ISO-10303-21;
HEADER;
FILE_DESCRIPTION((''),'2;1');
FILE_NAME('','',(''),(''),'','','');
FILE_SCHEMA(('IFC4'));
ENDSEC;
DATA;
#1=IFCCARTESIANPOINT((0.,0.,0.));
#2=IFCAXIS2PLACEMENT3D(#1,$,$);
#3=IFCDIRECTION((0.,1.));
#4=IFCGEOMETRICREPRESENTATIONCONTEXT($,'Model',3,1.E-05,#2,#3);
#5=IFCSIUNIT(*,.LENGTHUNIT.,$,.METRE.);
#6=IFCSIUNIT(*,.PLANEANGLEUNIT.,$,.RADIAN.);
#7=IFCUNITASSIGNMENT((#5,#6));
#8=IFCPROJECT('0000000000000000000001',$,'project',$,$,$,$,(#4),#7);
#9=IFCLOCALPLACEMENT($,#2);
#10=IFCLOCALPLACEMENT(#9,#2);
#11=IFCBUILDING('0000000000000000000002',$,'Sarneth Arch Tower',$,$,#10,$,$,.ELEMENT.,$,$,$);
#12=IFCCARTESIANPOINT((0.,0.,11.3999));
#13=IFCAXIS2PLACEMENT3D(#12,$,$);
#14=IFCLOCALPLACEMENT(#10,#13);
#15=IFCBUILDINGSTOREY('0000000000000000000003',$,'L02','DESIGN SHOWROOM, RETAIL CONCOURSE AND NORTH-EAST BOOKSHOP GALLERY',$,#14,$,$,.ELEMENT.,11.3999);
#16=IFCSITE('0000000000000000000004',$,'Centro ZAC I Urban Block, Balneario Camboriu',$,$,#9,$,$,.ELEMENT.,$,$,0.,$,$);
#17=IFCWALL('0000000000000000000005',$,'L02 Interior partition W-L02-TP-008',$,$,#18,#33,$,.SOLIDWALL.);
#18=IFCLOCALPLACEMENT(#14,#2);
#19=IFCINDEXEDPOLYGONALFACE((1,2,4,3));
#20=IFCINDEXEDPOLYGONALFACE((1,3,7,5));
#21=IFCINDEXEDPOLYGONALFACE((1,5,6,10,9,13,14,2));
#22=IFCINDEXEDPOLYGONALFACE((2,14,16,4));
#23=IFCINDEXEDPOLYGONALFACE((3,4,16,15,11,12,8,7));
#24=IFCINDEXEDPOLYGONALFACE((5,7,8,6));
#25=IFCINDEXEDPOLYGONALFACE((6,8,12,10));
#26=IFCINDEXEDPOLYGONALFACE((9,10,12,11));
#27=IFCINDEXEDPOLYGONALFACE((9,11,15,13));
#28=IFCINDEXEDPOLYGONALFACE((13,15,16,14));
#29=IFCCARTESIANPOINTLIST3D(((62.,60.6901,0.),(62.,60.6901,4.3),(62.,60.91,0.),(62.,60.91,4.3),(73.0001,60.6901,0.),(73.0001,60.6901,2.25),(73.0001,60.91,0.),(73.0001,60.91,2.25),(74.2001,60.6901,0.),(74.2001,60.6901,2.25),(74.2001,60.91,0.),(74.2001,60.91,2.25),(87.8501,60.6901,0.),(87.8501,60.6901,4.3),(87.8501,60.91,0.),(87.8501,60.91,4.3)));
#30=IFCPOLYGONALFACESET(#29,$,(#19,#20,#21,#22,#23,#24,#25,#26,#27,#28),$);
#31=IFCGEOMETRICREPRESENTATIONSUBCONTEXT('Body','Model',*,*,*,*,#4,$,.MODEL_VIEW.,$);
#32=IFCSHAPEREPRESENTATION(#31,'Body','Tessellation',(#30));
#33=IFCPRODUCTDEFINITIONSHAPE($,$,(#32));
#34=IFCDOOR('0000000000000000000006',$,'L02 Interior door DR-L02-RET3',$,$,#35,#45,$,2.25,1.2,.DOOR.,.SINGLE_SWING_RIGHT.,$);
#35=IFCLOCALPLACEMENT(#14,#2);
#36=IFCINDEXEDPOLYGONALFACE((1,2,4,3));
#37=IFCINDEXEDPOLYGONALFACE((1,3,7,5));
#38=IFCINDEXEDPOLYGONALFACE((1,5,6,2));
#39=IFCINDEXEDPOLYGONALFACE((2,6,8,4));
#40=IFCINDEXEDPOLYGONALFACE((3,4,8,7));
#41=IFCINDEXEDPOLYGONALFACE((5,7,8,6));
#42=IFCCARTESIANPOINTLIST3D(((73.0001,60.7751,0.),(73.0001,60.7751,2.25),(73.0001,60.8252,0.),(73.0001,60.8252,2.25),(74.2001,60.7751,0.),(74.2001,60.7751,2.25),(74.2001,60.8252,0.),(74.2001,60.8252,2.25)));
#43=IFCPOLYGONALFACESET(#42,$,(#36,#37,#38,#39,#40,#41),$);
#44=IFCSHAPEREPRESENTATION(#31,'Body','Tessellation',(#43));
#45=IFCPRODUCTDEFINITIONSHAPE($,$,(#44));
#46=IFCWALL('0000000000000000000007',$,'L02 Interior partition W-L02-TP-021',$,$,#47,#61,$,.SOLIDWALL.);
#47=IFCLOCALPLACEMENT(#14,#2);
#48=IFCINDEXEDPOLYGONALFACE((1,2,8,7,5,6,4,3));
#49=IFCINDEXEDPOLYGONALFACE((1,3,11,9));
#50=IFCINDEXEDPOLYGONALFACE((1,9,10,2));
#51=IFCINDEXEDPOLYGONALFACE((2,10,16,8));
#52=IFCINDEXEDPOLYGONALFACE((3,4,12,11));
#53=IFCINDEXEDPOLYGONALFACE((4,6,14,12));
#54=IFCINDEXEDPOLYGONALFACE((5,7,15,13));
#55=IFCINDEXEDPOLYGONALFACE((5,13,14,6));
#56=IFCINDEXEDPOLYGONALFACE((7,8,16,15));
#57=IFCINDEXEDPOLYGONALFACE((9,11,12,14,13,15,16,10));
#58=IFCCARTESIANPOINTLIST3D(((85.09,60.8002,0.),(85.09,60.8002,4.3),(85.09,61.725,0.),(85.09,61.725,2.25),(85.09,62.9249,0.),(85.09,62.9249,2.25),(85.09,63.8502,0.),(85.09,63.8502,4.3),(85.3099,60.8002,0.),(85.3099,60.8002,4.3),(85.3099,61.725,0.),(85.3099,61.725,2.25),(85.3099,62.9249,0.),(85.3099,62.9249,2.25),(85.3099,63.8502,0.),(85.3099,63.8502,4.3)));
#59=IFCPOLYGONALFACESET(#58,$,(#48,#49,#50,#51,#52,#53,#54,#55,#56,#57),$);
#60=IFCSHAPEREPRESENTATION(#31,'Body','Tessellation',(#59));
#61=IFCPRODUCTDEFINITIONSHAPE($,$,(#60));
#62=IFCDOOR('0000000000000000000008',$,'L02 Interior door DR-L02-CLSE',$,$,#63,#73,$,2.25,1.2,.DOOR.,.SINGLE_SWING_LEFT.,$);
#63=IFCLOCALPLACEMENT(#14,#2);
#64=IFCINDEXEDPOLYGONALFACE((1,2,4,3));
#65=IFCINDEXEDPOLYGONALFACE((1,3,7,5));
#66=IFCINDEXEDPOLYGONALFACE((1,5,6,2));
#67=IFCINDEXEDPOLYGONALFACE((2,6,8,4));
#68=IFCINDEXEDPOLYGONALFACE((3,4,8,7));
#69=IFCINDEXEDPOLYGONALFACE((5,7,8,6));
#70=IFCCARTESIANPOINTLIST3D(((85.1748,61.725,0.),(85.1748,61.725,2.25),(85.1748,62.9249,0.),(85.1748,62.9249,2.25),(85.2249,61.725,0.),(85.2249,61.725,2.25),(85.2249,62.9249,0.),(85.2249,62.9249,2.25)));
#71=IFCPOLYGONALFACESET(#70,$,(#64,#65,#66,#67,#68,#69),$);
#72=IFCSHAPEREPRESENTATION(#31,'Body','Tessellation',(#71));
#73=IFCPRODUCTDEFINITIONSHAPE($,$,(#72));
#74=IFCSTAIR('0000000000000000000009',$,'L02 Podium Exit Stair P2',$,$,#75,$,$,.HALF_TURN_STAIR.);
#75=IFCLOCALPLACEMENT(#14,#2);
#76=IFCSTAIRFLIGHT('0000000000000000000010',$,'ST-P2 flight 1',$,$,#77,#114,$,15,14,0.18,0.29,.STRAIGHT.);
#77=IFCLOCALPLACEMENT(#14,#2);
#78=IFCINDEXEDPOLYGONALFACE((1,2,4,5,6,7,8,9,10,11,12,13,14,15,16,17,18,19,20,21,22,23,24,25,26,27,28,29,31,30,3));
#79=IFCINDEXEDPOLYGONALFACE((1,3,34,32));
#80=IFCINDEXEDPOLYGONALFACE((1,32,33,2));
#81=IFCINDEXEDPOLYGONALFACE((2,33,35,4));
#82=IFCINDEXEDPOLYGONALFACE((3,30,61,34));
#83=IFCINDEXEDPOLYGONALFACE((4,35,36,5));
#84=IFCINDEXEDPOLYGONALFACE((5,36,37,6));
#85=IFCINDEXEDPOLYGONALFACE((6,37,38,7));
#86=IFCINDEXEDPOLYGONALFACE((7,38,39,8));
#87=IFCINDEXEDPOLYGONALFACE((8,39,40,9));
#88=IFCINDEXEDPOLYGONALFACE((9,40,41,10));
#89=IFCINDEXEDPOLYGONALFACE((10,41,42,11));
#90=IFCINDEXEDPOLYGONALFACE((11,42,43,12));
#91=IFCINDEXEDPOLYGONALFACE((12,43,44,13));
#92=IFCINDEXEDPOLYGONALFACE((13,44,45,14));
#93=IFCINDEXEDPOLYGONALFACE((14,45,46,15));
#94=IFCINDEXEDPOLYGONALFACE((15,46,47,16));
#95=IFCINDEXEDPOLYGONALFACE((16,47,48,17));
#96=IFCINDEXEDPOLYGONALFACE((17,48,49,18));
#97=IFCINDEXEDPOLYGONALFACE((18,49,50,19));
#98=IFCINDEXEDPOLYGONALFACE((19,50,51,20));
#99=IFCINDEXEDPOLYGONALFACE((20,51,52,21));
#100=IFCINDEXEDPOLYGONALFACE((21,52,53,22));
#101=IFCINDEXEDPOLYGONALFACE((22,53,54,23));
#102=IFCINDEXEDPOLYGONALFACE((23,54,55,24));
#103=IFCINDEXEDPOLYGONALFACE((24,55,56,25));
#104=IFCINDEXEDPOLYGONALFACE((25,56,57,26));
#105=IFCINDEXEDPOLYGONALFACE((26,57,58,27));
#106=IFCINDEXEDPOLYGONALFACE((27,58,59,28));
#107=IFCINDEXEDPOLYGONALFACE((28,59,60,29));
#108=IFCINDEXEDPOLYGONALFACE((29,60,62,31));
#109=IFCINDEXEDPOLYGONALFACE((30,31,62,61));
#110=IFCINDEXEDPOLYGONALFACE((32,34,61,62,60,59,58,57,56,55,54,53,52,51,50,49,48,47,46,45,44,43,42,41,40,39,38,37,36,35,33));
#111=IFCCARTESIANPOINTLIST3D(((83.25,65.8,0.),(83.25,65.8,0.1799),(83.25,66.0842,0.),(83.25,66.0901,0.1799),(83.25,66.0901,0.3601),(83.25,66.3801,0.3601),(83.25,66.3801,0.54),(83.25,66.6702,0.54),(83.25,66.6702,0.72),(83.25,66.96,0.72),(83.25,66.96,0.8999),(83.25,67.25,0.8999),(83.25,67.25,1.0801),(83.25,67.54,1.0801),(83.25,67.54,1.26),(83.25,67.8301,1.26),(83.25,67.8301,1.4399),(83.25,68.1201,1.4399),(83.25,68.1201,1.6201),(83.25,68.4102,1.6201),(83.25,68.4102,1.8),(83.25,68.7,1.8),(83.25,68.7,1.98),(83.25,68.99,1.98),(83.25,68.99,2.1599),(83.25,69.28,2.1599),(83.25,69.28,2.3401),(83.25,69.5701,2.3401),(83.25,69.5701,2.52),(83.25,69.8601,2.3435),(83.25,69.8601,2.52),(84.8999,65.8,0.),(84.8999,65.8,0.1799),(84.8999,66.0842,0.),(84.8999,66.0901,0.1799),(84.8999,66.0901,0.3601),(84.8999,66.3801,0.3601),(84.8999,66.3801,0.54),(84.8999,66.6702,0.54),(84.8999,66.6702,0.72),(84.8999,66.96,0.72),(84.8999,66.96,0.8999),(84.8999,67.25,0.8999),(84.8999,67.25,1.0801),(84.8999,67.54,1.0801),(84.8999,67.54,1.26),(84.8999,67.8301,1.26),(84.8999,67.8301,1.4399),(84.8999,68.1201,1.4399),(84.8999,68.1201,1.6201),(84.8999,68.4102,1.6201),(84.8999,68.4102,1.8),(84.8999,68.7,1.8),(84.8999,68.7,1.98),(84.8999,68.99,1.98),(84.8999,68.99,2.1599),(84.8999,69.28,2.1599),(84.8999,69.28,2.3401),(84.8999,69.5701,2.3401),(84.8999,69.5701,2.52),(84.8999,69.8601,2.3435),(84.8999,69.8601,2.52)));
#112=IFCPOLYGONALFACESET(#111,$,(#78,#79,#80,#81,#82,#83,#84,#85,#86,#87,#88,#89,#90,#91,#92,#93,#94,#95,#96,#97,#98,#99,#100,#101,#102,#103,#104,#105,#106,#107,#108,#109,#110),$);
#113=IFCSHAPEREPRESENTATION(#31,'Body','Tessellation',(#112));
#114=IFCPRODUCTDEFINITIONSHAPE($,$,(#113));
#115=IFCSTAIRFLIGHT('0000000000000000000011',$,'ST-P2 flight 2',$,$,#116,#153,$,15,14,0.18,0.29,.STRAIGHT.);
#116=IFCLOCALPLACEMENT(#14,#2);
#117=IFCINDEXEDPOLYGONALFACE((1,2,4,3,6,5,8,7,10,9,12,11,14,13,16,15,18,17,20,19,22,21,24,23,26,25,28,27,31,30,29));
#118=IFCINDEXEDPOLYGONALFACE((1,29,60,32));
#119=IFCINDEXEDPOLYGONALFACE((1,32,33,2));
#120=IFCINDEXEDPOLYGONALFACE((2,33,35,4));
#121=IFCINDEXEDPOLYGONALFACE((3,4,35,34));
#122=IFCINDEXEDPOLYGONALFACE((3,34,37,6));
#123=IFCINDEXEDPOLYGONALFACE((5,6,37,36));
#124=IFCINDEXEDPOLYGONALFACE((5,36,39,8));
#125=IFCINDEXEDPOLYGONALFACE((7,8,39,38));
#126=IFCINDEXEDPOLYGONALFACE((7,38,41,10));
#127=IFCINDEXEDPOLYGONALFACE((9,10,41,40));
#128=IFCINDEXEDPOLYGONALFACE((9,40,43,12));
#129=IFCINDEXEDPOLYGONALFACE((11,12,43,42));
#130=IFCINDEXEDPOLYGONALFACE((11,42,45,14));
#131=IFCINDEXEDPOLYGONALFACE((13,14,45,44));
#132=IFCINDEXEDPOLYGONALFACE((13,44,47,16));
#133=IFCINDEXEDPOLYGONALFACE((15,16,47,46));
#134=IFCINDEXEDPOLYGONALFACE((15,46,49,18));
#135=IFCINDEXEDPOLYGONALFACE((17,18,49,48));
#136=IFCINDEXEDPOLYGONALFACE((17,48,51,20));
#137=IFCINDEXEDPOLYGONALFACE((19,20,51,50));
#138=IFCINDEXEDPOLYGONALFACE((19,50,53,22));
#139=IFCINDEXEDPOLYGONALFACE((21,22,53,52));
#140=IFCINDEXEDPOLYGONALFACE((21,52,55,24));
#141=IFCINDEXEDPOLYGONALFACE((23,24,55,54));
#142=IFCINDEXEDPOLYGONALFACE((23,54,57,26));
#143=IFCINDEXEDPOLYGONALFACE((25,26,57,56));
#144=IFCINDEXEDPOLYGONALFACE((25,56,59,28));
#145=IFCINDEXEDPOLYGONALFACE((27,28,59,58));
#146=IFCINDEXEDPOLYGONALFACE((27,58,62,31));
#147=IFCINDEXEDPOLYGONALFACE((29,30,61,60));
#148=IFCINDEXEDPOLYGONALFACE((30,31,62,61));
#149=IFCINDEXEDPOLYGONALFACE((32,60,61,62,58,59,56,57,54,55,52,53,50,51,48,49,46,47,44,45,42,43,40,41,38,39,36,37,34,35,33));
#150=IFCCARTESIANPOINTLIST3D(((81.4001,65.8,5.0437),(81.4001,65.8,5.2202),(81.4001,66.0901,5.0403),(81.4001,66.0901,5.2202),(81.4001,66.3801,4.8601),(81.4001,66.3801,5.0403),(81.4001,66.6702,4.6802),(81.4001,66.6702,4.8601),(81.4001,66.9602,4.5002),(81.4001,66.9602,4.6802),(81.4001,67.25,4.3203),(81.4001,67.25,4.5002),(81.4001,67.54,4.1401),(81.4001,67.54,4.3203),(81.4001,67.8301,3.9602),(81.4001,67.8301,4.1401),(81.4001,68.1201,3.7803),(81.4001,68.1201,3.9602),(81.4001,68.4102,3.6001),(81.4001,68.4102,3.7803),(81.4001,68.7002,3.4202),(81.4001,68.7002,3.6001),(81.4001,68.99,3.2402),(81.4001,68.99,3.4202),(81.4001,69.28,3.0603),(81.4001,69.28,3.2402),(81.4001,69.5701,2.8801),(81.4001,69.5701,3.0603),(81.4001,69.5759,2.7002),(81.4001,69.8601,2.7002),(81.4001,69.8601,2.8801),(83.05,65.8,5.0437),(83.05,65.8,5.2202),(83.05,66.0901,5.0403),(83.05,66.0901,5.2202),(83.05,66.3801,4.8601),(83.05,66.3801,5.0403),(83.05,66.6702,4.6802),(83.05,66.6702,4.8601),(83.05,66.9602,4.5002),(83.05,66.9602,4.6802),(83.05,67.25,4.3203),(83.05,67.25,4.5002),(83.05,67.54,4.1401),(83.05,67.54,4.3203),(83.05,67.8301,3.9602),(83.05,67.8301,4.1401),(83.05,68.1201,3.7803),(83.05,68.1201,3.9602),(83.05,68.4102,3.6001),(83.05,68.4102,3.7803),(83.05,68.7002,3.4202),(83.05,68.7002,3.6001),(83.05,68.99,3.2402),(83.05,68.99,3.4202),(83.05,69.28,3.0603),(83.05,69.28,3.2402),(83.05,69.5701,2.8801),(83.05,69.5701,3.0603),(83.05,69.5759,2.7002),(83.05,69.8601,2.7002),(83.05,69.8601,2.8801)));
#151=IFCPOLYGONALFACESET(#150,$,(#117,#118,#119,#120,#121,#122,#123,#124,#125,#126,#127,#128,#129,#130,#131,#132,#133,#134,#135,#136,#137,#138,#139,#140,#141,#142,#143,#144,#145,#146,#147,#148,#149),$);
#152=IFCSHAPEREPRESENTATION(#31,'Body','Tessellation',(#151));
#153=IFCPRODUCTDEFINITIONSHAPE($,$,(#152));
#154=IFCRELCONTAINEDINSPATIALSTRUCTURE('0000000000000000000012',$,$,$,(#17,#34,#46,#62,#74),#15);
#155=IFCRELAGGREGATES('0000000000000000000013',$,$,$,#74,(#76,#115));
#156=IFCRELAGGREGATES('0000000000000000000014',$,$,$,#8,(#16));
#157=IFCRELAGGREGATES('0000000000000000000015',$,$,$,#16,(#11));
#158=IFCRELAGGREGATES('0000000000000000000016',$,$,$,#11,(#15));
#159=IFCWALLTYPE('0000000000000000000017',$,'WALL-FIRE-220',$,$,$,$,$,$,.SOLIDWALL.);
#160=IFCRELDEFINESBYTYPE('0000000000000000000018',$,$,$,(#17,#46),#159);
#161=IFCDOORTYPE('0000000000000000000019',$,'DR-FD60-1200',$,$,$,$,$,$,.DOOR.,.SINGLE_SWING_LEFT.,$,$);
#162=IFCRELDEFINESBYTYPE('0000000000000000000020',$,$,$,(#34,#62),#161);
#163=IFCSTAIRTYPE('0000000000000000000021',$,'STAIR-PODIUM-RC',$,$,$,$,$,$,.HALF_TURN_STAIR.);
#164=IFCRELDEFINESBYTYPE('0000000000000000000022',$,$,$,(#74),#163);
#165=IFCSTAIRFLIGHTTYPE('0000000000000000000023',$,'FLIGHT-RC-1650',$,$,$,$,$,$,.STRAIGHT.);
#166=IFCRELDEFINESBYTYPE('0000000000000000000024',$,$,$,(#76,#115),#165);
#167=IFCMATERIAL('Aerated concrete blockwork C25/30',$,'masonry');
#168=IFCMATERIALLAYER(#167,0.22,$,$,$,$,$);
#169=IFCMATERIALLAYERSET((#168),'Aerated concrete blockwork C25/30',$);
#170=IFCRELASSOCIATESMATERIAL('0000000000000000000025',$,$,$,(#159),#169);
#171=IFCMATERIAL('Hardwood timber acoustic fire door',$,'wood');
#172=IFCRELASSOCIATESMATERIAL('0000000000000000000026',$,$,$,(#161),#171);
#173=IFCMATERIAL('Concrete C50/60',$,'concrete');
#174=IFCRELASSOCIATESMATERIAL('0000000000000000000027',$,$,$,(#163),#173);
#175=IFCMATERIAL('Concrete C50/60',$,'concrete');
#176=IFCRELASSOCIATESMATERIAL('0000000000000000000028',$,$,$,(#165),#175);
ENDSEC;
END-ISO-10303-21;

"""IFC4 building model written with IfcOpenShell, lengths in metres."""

from ifc_helpers import new_model, si_unit, direction, frame, frame_2d, origin, place, context, subcontext, project, spatial, polyline, rectangle, outline, extrude, material, layer, layer_set, type_object, element, fill, aggregate, save


model = new_model("IFC4")

# Units and contexts
model_context = context("Model", 3, precision=1e-05, world=origin(), true_north=direction((0.0, 1.0)))
body_context = subcontext(model_context, "Body", "Model", "MODEL_VIEW")
ifc_project = project(units=[si_unit("LENGTHUNIT", "METRE"), si_unit("PLANEANGLEUNIT", "RADIAN")], contexts=[model_context])

# Site, building, storey
site_placement = place(None, origin())
site = spatial("IfcSite", under=ifc_project, at=site_placement, Name="Centro ZAC I Urban Block, Balneario Camboriu", CompositionType="ELEMENT", RefElevation=0.0)
building_placement = place(site_placement, origin())
building = spatial("IfcBuilding", under=site, at=building_placement, Name="Sarneth Arch Tower", CompositionType="ELEMENT")
storey_placement = place(building_placement, frame((0.0, 0.0, 11.3999)))
storey = spatial("IfcBuildingStorey", under=building, at=storey_placement, Name="L02", Description="DESIGN SHOWROOM, RETAIL CONCOURSE AND NORTH-EAST BOOKSHOP GALLERY", CompositionType="ELEMENT", Elevation=11.3999)

# Walls, openings, doors
ifc_material_1 = material(Name="Aerated concrete blockwork C25/30", Category="masonry")
ifc_layer_1 = layer(ifc_material_1, 0.22)
ifc_layer_set_1 = layer_set([ifc_layer_1], Name="Aerated concrete blockwork C25/30")
wall_type_1 = type_object("IfcWallType", Name="WALL-FIRE-220", PredefinedType="SOLIDWALL", material=ifc_layer_set_1)
wall_1_placement = place(storey_placement, frame((87.8501, 60.8, 0.0), z_axis=(0.0, 0.0, 1.0), x_axis=(-1.0, 0.0, 0.0)))
wall_1 = element("IfcWall", 1, at=wall_1_placement, inside=storey, type_object=wall_type_1, Name="L02 Interior partition W-L02-TP-008", PredefinedType="SOLIDWALL", context=body_context, shape_type="SweptSolid", body=[
    extrude(rectangle(XDim=25.8501, YDim=0.22, at=frame_2d((12.925, 0.0))), origin(), (0.0, 0.0, 1.0), 4.3),
])
opening_1_placement = place(wall_1_placement, frame((13.6499, 0.0, 0.0)))
opening_1 = element("IfcOpeningElement", 2, at=opening_1_placement, cuts=wall_1, PredefinedType="OPENING", context=body_context, shape_type="SweptSolid", body=[
    extrude(rectangle(XDim=1.2, YDim=2.25, at=frame_2d((0.6001, 1.125))), frame((0.0, 0.1199, 0.0), z_axis=(0.0, -1.0, 0.0), x_axis=(1.0, 0.0, 0.0)), (0.0, 0.0, 1.0), 0.24),
])
ifc_material_2 = material(Name="Hardwood timber acoustic fire door", Category="wood")
door_type_1 = type_object("IfcDoorType", Name="DR-FD60-1200", OperationType="SINGLE_SWING_LEFT", PredefinedType="DOOR", material=ifc_material_2)
door_1_placement = place(opening_1_placement, origin())
door_1 = element("IfcDoor", 3, at=door_1_placement, inside=storey, type_object=door_type_1, Name="L02 Interior door DR-L02-RET3", OperationType="SINGLE_SWING_RIGHT", OverallHeight=2.25, OverallWidth=1.2, PredefinedType="DOOR", context=body_context, shape_type="SweptSolid", body=[
    extrude(rectangle(XDim=1.2, YDim=2.25, at=frame_2d((0.6001, 1.125))), frame((0.0, 0.0249, 0.0), z_axis=(0.0, -1.0, 0.0), x_axis=(1.0, 0.0, 0.0)), (0.0, 0.0, 1.0), 0.05),
])
fill(opening_1, door_1)
wall_2_placement = place(storey_placement, frame((85.2, 63.8501, 0.0), z_axis=(0.0, 0.0, 1.0), x_axis=(0.0, -1.0, 0.0)))
wall_2 = element("IfcWall", 4, at=wall_2_placement, inside=storey, type_object=wall_type_1, Name="L02 Interior partition W-L02-TP-021", PredefinedType="SOLIDWALL", context=body_context, shape_type="SweptSolid", body=[
    extrude(rectangle(XDim=3.05, YDim=0.22, at=frame_2d((1.5249, 0.0))), origin(), (0.0, 0.0, 1.0), 4.3),
])
opening_2_placement = place(wall_2_placement, frame((0.925, 0.0, 0.0)))
opening_2 = element("IfcOpeningElement", 5, at=opening_2_placement, cuts=wall_2, PredefinedType="OPENING", context=body_context, shape_type="SweptSolid", body=[
    extrude(rectangle(XDim=1.2, YDim=2.25, at=frame_2d((0.6001, 1.125))), frame((0.0, 0.1199, 0.0), z_axis=(0.0, -1.0, 0.0), x_axis=(1.0, 0.0, 0.0)), (0.0, 0.0, 1.0), 0.24),
])
door_2_placement = place(opening_2_placement, origin())
door_2 = element("IfcDoor", 6, at=door_2_placement, inside=storey, type_object=door_type_1, Name="L02 Interior door DR-L02-CLSE", OperationType="SINGLE_SWING_LEFT", OverallHeight=2.25, OverallWidth=1.2, PredefinedType="DOOR", context=body_context, shape_type="SweptSolid", body=[
    extrude(rectangle(XDim=1.2, YDim=2.25, at=frame_2d((0.6001, 1.125))), frame((0.0, 0.0249, 0.0), z_axis=(0.0, -1.0, 0.0), x_axis=(1.0, 0.0, 0.0)), (0.0, 0.0, 1.0), 0.05),
])
fill(opening_2, door_2)

# Stair, stair flights
ifc_material_3 = material(Name="Concrete C50/60", Category="concrete")
stair_type = type_object("IfcStairType", Name="STAIR-PODIUM-RC", PredefinedType="HALF_TURN_STAIR", material=ifc_material_3)
stair_placement = place(storey_placement, origin())
stair = element("IfcStair", 7, at=stair_placement, inside=storey, type_object=stair_type, Name="L02 Podium Exit Stair P2", PredefinedType="HALF_TURN_STAIR")
ifc_material_4 = material(Name="Concrete C50/60", Category="concrete")
stair_flight_type = type_object("IfcStairFlightType", Name="FLIGHT-RC-1650", PredefinedType="STRAIGHT", material=ifc_material_4)
stair_flight_1_placement = place(storey_placement, frame((84.075, 65.8, 0.0), z_axis=(0.0, 0.0, 1.0), x_axis=(0.0, 1.0, 0.0)))
stair_flight_1 = element("IfcStairFlight", 8, at=stair_flight_1_placement, type_object=stair_flight_type, Name="ST-P2 flight 1", NumberOfRisers=15, NumberOfTreads=14, PredefinedType="STRAIGHT", RiserHeight=0.18, TreadLength=0.29, context=body_context, shape_type="SweptSolid", body=[
    extrude(outline(polyline([(0.0, 0.0), (0.0, 0.1799), (0.29, 0.1799), (0.29, 0.3601), (0.5801, 0.3601), (0.5801, 0.54), (0.8701, 0.54), (0.8701, 0.72), (1.1599, 0.72), (1.1599, 0.8999), (1.45, 0.8999), (1.45, 1.0801), (1.74, 1.0801), (1.74, 1.26), (2.03, 1.26), (2.03, 1.4399), (2.3201, 1.4399), (2.3201, 1.6201), (2.6101, 1.6201), (2.6101, 1.8), (2.8999, 1.8), (2.8999, 1.98), (3.1899, 1.98), (3.1899, 2.1599), (3.48, 2.1599), (3.48, 2.3401), (3.77, 2.3401), (3.77, 2.52), (4.0601, 2.52), (4.0601, 2.7), (4.0601, 2.3435), (0.2842, 0.0), (0.0, 0.0)])), frame((0.0, 0.825, 0.0), z_axis=(0.0, -1.0, 0.0), x_axis=(1.0, 0.0, 0.0)), (0.0, 0.0, 1.0), 1.6499),
])
stair_flight_2_placement = place(storey_placement, frame((82.2251, 69.8601, 2.7002), z_axis=(0.0, 0.0, 1.0), x_axis=(0.0, -1.0, 0.0)))
stair_flight_2 = element("IfcStairFlight", 9, at=stair_flight_2_placement, type_object=stair_flight_type, Name="ST-P2 flight 2", NumberOfRisers=15, NumberOfTreads=14, PredefinedType="STRAIGHT", RiserHeight=0.18, TreadLength=0.29, context=body_context, shape_type="SweptSolid", body=[
    extrude(outline(polyline([(0.0, 0.0), (0.0, 0.1799), (0.29, 0.1799), (0.29, 0.3601), (0.5801, 0.3601), (0.5801, 0.54), (0.8701, 0.54), (0.8701, 0.72), (1.1599, 0.72), (1.1599, 0.8999), (1.45, 0.8999), (1.45, 1.0801), (1.74, 1.0801), (1.74, 1.26), (2.03, 1.26), (2.03, 1.4399), (2.3201, 1.4399), (2.3201, 1.6201), (2.6101, 1.6201), (2.6101, 1.8), (2.8999, 1.8), (2.8999, 1.98), (3.1899, 1.98), (3.1899, 2.1599), (3.48, 2.1599), (3.48, 2.3401), (3.77, 2.3401), (3.77, 2.52), (4.0601, 2.52), (4.0601, 2.7), (4.0601, 2.3435), (0.2842, 0.0), (0.0, 0.0)])), frame((0.0, 0.825, 0.0), z_axis=(0.0, -1.0, 0.0), x_axis=(1.0, 0.0, 0.0)), (0.0, 0.0, 1.0), 1.6499),
])
aggregate(stair, [stair_flight_1, stair_flight_2])

save(model, "model.ifc")
